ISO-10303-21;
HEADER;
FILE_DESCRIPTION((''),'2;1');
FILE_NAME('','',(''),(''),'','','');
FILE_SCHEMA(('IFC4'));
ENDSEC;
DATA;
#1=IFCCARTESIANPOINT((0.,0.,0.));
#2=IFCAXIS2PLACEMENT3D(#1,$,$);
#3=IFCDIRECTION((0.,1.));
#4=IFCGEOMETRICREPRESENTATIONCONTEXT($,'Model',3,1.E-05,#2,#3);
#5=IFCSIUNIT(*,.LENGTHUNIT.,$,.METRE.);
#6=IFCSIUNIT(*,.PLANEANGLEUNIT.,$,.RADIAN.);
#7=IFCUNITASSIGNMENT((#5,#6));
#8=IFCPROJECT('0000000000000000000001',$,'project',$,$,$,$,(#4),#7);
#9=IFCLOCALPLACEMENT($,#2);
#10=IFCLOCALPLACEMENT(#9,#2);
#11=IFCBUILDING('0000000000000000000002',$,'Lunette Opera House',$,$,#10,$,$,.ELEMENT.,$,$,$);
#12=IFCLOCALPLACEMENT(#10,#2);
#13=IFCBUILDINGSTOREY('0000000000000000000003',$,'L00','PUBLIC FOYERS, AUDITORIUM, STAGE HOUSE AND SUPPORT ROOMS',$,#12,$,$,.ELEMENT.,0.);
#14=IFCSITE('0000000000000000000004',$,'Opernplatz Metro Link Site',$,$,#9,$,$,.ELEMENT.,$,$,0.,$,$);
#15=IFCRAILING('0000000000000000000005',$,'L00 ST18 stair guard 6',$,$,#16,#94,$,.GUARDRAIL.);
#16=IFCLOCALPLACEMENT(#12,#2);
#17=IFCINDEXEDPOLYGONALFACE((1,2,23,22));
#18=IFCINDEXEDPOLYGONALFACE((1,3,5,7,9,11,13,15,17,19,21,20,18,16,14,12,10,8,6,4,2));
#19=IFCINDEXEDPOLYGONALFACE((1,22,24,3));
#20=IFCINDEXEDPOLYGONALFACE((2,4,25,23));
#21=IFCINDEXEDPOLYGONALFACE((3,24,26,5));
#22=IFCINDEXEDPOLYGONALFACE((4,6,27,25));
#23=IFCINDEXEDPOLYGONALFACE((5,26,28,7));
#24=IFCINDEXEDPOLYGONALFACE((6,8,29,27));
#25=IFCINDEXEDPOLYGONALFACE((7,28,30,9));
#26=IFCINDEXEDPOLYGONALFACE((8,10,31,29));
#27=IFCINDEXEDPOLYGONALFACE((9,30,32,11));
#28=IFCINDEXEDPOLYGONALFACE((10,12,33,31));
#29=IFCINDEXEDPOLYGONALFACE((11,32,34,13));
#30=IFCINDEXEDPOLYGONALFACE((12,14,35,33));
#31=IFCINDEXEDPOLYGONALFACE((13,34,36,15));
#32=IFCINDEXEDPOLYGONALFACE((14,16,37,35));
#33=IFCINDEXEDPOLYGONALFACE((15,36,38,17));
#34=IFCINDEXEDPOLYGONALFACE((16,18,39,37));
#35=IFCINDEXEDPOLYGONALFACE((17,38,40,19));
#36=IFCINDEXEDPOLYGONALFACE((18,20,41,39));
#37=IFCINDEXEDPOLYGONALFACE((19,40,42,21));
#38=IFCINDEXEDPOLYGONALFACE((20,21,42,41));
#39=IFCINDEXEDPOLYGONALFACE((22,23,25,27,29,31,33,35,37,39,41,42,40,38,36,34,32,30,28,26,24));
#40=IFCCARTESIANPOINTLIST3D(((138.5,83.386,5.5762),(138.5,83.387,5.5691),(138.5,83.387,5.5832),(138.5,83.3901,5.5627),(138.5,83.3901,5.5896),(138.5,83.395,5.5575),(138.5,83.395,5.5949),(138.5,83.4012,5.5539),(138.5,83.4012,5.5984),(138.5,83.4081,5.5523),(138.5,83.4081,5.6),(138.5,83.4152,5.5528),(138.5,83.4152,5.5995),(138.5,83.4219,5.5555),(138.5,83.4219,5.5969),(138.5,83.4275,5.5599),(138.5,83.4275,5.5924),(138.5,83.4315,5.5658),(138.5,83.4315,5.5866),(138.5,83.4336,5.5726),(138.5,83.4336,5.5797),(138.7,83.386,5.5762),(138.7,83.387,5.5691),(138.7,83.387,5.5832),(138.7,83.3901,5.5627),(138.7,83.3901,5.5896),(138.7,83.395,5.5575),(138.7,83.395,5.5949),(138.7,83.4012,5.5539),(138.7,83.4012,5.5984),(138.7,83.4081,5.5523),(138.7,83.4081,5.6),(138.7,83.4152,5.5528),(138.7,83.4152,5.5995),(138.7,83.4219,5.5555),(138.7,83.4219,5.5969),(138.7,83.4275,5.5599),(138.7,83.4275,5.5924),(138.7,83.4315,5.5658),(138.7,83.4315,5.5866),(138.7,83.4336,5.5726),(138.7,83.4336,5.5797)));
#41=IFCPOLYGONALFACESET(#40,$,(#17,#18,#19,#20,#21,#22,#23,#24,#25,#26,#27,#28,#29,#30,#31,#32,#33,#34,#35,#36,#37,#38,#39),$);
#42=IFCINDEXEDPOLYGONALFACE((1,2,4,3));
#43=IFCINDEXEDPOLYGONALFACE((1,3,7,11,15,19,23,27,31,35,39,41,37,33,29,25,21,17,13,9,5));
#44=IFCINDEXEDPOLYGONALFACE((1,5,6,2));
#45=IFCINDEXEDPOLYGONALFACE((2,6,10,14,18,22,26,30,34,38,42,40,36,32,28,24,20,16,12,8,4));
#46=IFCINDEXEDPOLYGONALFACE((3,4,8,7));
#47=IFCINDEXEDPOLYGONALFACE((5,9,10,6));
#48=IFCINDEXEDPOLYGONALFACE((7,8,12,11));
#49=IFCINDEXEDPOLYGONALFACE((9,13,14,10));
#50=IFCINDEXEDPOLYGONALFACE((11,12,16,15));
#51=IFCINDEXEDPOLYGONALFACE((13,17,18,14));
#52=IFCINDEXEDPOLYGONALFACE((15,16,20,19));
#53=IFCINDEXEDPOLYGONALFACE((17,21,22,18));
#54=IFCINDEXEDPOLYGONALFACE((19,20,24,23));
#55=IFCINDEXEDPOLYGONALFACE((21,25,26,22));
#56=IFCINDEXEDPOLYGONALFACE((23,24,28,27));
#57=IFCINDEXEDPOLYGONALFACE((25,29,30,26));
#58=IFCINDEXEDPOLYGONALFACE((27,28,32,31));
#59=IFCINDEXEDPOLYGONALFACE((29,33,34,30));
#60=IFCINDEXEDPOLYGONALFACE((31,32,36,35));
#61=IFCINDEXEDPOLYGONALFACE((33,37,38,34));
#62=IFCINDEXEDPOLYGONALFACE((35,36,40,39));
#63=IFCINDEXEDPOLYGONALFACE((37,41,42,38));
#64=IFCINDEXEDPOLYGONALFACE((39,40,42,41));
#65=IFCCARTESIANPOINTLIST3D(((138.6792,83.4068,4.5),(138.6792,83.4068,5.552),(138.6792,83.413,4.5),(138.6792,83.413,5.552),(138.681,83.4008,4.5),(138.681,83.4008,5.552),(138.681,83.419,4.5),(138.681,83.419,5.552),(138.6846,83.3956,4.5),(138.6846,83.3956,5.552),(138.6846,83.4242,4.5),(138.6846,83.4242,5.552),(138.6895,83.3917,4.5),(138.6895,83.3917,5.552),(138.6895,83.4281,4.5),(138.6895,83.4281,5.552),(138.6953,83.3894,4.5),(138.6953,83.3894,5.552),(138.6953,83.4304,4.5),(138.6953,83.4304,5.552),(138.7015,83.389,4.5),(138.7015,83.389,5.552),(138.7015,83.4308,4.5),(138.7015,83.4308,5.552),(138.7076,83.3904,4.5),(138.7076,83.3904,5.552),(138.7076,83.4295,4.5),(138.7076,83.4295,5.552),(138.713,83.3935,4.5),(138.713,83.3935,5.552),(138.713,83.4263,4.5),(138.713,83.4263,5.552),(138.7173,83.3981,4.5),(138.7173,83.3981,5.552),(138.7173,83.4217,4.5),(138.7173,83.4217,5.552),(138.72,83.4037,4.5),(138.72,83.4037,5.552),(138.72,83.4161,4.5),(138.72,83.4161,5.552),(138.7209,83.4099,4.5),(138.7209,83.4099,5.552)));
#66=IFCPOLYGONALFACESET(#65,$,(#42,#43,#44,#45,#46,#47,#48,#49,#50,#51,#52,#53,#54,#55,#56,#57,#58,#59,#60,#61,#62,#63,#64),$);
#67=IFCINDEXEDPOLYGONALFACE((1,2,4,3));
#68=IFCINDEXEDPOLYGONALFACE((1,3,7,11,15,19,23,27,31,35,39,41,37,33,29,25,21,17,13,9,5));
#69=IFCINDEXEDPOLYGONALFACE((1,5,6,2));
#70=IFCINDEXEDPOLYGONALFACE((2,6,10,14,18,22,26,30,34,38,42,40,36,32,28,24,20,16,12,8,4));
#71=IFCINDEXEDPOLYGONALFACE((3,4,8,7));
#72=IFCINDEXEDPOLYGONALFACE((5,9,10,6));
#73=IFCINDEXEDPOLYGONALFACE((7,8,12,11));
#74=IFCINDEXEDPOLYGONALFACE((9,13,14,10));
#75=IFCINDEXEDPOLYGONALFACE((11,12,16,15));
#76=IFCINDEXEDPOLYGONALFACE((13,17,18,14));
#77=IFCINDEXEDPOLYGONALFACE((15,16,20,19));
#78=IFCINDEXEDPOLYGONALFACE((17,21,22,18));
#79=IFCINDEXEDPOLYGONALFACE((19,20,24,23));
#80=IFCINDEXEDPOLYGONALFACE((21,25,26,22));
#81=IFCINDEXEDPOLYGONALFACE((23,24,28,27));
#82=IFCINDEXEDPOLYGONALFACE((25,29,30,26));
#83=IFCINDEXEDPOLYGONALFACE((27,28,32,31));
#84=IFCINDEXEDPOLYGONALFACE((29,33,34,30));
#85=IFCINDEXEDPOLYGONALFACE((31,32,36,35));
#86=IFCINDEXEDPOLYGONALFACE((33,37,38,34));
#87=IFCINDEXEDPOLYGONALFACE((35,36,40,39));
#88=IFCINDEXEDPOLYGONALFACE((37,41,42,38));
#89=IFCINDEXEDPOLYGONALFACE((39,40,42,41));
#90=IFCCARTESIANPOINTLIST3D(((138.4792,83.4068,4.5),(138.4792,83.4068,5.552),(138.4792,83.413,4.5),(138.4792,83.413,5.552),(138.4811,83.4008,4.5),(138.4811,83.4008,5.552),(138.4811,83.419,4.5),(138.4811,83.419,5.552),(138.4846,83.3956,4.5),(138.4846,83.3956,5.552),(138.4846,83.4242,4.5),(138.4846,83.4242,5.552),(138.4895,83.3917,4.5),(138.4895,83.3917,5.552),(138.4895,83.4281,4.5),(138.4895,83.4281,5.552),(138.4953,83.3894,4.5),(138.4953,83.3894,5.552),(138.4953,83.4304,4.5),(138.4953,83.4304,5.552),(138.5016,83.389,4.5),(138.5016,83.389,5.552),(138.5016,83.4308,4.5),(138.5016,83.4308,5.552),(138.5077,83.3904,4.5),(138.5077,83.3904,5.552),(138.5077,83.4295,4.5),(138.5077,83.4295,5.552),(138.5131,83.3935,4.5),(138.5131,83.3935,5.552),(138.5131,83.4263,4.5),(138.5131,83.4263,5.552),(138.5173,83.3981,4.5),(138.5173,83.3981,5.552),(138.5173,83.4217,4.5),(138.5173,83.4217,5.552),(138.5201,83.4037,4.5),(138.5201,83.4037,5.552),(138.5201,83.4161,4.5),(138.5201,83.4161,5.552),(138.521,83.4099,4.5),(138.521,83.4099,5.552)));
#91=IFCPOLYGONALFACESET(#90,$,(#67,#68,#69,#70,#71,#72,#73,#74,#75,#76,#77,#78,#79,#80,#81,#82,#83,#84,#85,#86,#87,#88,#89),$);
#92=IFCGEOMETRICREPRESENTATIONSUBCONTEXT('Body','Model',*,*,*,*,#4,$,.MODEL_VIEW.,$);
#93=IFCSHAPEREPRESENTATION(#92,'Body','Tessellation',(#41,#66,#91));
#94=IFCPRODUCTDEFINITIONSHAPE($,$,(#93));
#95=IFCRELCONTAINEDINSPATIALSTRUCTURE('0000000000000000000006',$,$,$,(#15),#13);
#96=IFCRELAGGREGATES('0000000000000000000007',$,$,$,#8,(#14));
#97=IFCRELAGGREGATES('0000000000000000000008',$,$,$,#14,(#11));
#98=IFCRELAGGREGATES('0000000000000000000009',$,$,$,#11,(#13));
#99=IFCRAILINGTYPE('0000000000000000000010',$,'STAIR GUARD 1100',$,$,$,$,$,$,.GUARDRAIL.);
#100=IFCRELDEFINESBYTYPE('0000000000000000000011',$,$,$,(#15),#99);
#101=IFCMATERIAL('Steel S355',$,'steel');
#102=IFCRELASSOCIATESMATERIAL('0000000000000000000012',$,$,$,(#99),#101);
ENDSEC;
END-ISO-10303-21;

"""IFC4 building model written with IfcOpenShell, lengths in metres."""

from ifc_helpers import new_model, si_unit, direction, frame, origin, origin_2d, place, context, subcontext, project, spatial, circle, extrude, material, type_object, element, save


model = new_model("IFC4")

# Units and contexts
model_context = context("Model", 3, precision=1e-05, world=origin(), true_north=direction((0.0, 1.0)))
body_context = subcontext(model_context, "Body", "Model", "MODEL_VIEW")
ifc_project = project(units=[si_unit("LENGTHUNIT", "METRE"), si_unit("PLANEANGLEUNIT", "RADIAN")], contexts=[model_context])

# Site, building, storey
site_placement = place(None, origin())
site = spatial("IfcSite", under=ifc_project, at=site_placement, Name="Opernplatz Metro Link Site", CompositionType="ELEMENT", RefElevation=0.0)
building_placement = place(site_placement, origin())
building = spatial("IfcBuilding", under=site, at=building_placement, Name="Lunette Opera House", CompositionType="ELEMENT")
storey_placement = place(building_placement, origin())
storey = spatial("IfcBuildingStorey", under=building, at=storey_placement, Name="L00", Description="PUBLIC FOYERS, AUDITORIUM, STAGE HOUSE AND SUPPORT ROOMS", CompositionType="ELEMENT", Elevation=0.0)

# Railing
ifc_material_1 = material(Name="Steel S355", Category="steel")
railing_type_1 = type_object("IfcRailingType", Name="STAIR GUARD 1100", PredefinedType="GUARDRAIL", material=ifc_material_1)
railing_1_placement = place(storey_placement, frame((138.7, 83.4099, 4.5)))
element("IfcRailing", 1, at=railing_1_placement, inside=storey, type_object=railing_type_1, Name="L00 ST18 stair guard 6", PredefinedType="GUARDRAIL", context=body_context, shape_type="SweptSolid", body=[
    extrude(circle(Radius=0.0239, at=origin_2d()), frame((0.0, 0.0, 1.0762), z_axis=(-1.0, 0.0, 0.0), x_axis=(0.0, -1.0, 0.0)), (0.0, 0.0, 1.0), 0.2),
    extrude(circle(Radius=0.021, at=origin_2d()), origin(), (0.0, 0.0, 1.0), 1.052),
    extrude(circle(Radius=0.021, at=origin_2d()), frame((-0.2, 0.0, 0.0)), (0.0, 0.0, 1.0), 1.052),
])

save(model, "model.ifc")
